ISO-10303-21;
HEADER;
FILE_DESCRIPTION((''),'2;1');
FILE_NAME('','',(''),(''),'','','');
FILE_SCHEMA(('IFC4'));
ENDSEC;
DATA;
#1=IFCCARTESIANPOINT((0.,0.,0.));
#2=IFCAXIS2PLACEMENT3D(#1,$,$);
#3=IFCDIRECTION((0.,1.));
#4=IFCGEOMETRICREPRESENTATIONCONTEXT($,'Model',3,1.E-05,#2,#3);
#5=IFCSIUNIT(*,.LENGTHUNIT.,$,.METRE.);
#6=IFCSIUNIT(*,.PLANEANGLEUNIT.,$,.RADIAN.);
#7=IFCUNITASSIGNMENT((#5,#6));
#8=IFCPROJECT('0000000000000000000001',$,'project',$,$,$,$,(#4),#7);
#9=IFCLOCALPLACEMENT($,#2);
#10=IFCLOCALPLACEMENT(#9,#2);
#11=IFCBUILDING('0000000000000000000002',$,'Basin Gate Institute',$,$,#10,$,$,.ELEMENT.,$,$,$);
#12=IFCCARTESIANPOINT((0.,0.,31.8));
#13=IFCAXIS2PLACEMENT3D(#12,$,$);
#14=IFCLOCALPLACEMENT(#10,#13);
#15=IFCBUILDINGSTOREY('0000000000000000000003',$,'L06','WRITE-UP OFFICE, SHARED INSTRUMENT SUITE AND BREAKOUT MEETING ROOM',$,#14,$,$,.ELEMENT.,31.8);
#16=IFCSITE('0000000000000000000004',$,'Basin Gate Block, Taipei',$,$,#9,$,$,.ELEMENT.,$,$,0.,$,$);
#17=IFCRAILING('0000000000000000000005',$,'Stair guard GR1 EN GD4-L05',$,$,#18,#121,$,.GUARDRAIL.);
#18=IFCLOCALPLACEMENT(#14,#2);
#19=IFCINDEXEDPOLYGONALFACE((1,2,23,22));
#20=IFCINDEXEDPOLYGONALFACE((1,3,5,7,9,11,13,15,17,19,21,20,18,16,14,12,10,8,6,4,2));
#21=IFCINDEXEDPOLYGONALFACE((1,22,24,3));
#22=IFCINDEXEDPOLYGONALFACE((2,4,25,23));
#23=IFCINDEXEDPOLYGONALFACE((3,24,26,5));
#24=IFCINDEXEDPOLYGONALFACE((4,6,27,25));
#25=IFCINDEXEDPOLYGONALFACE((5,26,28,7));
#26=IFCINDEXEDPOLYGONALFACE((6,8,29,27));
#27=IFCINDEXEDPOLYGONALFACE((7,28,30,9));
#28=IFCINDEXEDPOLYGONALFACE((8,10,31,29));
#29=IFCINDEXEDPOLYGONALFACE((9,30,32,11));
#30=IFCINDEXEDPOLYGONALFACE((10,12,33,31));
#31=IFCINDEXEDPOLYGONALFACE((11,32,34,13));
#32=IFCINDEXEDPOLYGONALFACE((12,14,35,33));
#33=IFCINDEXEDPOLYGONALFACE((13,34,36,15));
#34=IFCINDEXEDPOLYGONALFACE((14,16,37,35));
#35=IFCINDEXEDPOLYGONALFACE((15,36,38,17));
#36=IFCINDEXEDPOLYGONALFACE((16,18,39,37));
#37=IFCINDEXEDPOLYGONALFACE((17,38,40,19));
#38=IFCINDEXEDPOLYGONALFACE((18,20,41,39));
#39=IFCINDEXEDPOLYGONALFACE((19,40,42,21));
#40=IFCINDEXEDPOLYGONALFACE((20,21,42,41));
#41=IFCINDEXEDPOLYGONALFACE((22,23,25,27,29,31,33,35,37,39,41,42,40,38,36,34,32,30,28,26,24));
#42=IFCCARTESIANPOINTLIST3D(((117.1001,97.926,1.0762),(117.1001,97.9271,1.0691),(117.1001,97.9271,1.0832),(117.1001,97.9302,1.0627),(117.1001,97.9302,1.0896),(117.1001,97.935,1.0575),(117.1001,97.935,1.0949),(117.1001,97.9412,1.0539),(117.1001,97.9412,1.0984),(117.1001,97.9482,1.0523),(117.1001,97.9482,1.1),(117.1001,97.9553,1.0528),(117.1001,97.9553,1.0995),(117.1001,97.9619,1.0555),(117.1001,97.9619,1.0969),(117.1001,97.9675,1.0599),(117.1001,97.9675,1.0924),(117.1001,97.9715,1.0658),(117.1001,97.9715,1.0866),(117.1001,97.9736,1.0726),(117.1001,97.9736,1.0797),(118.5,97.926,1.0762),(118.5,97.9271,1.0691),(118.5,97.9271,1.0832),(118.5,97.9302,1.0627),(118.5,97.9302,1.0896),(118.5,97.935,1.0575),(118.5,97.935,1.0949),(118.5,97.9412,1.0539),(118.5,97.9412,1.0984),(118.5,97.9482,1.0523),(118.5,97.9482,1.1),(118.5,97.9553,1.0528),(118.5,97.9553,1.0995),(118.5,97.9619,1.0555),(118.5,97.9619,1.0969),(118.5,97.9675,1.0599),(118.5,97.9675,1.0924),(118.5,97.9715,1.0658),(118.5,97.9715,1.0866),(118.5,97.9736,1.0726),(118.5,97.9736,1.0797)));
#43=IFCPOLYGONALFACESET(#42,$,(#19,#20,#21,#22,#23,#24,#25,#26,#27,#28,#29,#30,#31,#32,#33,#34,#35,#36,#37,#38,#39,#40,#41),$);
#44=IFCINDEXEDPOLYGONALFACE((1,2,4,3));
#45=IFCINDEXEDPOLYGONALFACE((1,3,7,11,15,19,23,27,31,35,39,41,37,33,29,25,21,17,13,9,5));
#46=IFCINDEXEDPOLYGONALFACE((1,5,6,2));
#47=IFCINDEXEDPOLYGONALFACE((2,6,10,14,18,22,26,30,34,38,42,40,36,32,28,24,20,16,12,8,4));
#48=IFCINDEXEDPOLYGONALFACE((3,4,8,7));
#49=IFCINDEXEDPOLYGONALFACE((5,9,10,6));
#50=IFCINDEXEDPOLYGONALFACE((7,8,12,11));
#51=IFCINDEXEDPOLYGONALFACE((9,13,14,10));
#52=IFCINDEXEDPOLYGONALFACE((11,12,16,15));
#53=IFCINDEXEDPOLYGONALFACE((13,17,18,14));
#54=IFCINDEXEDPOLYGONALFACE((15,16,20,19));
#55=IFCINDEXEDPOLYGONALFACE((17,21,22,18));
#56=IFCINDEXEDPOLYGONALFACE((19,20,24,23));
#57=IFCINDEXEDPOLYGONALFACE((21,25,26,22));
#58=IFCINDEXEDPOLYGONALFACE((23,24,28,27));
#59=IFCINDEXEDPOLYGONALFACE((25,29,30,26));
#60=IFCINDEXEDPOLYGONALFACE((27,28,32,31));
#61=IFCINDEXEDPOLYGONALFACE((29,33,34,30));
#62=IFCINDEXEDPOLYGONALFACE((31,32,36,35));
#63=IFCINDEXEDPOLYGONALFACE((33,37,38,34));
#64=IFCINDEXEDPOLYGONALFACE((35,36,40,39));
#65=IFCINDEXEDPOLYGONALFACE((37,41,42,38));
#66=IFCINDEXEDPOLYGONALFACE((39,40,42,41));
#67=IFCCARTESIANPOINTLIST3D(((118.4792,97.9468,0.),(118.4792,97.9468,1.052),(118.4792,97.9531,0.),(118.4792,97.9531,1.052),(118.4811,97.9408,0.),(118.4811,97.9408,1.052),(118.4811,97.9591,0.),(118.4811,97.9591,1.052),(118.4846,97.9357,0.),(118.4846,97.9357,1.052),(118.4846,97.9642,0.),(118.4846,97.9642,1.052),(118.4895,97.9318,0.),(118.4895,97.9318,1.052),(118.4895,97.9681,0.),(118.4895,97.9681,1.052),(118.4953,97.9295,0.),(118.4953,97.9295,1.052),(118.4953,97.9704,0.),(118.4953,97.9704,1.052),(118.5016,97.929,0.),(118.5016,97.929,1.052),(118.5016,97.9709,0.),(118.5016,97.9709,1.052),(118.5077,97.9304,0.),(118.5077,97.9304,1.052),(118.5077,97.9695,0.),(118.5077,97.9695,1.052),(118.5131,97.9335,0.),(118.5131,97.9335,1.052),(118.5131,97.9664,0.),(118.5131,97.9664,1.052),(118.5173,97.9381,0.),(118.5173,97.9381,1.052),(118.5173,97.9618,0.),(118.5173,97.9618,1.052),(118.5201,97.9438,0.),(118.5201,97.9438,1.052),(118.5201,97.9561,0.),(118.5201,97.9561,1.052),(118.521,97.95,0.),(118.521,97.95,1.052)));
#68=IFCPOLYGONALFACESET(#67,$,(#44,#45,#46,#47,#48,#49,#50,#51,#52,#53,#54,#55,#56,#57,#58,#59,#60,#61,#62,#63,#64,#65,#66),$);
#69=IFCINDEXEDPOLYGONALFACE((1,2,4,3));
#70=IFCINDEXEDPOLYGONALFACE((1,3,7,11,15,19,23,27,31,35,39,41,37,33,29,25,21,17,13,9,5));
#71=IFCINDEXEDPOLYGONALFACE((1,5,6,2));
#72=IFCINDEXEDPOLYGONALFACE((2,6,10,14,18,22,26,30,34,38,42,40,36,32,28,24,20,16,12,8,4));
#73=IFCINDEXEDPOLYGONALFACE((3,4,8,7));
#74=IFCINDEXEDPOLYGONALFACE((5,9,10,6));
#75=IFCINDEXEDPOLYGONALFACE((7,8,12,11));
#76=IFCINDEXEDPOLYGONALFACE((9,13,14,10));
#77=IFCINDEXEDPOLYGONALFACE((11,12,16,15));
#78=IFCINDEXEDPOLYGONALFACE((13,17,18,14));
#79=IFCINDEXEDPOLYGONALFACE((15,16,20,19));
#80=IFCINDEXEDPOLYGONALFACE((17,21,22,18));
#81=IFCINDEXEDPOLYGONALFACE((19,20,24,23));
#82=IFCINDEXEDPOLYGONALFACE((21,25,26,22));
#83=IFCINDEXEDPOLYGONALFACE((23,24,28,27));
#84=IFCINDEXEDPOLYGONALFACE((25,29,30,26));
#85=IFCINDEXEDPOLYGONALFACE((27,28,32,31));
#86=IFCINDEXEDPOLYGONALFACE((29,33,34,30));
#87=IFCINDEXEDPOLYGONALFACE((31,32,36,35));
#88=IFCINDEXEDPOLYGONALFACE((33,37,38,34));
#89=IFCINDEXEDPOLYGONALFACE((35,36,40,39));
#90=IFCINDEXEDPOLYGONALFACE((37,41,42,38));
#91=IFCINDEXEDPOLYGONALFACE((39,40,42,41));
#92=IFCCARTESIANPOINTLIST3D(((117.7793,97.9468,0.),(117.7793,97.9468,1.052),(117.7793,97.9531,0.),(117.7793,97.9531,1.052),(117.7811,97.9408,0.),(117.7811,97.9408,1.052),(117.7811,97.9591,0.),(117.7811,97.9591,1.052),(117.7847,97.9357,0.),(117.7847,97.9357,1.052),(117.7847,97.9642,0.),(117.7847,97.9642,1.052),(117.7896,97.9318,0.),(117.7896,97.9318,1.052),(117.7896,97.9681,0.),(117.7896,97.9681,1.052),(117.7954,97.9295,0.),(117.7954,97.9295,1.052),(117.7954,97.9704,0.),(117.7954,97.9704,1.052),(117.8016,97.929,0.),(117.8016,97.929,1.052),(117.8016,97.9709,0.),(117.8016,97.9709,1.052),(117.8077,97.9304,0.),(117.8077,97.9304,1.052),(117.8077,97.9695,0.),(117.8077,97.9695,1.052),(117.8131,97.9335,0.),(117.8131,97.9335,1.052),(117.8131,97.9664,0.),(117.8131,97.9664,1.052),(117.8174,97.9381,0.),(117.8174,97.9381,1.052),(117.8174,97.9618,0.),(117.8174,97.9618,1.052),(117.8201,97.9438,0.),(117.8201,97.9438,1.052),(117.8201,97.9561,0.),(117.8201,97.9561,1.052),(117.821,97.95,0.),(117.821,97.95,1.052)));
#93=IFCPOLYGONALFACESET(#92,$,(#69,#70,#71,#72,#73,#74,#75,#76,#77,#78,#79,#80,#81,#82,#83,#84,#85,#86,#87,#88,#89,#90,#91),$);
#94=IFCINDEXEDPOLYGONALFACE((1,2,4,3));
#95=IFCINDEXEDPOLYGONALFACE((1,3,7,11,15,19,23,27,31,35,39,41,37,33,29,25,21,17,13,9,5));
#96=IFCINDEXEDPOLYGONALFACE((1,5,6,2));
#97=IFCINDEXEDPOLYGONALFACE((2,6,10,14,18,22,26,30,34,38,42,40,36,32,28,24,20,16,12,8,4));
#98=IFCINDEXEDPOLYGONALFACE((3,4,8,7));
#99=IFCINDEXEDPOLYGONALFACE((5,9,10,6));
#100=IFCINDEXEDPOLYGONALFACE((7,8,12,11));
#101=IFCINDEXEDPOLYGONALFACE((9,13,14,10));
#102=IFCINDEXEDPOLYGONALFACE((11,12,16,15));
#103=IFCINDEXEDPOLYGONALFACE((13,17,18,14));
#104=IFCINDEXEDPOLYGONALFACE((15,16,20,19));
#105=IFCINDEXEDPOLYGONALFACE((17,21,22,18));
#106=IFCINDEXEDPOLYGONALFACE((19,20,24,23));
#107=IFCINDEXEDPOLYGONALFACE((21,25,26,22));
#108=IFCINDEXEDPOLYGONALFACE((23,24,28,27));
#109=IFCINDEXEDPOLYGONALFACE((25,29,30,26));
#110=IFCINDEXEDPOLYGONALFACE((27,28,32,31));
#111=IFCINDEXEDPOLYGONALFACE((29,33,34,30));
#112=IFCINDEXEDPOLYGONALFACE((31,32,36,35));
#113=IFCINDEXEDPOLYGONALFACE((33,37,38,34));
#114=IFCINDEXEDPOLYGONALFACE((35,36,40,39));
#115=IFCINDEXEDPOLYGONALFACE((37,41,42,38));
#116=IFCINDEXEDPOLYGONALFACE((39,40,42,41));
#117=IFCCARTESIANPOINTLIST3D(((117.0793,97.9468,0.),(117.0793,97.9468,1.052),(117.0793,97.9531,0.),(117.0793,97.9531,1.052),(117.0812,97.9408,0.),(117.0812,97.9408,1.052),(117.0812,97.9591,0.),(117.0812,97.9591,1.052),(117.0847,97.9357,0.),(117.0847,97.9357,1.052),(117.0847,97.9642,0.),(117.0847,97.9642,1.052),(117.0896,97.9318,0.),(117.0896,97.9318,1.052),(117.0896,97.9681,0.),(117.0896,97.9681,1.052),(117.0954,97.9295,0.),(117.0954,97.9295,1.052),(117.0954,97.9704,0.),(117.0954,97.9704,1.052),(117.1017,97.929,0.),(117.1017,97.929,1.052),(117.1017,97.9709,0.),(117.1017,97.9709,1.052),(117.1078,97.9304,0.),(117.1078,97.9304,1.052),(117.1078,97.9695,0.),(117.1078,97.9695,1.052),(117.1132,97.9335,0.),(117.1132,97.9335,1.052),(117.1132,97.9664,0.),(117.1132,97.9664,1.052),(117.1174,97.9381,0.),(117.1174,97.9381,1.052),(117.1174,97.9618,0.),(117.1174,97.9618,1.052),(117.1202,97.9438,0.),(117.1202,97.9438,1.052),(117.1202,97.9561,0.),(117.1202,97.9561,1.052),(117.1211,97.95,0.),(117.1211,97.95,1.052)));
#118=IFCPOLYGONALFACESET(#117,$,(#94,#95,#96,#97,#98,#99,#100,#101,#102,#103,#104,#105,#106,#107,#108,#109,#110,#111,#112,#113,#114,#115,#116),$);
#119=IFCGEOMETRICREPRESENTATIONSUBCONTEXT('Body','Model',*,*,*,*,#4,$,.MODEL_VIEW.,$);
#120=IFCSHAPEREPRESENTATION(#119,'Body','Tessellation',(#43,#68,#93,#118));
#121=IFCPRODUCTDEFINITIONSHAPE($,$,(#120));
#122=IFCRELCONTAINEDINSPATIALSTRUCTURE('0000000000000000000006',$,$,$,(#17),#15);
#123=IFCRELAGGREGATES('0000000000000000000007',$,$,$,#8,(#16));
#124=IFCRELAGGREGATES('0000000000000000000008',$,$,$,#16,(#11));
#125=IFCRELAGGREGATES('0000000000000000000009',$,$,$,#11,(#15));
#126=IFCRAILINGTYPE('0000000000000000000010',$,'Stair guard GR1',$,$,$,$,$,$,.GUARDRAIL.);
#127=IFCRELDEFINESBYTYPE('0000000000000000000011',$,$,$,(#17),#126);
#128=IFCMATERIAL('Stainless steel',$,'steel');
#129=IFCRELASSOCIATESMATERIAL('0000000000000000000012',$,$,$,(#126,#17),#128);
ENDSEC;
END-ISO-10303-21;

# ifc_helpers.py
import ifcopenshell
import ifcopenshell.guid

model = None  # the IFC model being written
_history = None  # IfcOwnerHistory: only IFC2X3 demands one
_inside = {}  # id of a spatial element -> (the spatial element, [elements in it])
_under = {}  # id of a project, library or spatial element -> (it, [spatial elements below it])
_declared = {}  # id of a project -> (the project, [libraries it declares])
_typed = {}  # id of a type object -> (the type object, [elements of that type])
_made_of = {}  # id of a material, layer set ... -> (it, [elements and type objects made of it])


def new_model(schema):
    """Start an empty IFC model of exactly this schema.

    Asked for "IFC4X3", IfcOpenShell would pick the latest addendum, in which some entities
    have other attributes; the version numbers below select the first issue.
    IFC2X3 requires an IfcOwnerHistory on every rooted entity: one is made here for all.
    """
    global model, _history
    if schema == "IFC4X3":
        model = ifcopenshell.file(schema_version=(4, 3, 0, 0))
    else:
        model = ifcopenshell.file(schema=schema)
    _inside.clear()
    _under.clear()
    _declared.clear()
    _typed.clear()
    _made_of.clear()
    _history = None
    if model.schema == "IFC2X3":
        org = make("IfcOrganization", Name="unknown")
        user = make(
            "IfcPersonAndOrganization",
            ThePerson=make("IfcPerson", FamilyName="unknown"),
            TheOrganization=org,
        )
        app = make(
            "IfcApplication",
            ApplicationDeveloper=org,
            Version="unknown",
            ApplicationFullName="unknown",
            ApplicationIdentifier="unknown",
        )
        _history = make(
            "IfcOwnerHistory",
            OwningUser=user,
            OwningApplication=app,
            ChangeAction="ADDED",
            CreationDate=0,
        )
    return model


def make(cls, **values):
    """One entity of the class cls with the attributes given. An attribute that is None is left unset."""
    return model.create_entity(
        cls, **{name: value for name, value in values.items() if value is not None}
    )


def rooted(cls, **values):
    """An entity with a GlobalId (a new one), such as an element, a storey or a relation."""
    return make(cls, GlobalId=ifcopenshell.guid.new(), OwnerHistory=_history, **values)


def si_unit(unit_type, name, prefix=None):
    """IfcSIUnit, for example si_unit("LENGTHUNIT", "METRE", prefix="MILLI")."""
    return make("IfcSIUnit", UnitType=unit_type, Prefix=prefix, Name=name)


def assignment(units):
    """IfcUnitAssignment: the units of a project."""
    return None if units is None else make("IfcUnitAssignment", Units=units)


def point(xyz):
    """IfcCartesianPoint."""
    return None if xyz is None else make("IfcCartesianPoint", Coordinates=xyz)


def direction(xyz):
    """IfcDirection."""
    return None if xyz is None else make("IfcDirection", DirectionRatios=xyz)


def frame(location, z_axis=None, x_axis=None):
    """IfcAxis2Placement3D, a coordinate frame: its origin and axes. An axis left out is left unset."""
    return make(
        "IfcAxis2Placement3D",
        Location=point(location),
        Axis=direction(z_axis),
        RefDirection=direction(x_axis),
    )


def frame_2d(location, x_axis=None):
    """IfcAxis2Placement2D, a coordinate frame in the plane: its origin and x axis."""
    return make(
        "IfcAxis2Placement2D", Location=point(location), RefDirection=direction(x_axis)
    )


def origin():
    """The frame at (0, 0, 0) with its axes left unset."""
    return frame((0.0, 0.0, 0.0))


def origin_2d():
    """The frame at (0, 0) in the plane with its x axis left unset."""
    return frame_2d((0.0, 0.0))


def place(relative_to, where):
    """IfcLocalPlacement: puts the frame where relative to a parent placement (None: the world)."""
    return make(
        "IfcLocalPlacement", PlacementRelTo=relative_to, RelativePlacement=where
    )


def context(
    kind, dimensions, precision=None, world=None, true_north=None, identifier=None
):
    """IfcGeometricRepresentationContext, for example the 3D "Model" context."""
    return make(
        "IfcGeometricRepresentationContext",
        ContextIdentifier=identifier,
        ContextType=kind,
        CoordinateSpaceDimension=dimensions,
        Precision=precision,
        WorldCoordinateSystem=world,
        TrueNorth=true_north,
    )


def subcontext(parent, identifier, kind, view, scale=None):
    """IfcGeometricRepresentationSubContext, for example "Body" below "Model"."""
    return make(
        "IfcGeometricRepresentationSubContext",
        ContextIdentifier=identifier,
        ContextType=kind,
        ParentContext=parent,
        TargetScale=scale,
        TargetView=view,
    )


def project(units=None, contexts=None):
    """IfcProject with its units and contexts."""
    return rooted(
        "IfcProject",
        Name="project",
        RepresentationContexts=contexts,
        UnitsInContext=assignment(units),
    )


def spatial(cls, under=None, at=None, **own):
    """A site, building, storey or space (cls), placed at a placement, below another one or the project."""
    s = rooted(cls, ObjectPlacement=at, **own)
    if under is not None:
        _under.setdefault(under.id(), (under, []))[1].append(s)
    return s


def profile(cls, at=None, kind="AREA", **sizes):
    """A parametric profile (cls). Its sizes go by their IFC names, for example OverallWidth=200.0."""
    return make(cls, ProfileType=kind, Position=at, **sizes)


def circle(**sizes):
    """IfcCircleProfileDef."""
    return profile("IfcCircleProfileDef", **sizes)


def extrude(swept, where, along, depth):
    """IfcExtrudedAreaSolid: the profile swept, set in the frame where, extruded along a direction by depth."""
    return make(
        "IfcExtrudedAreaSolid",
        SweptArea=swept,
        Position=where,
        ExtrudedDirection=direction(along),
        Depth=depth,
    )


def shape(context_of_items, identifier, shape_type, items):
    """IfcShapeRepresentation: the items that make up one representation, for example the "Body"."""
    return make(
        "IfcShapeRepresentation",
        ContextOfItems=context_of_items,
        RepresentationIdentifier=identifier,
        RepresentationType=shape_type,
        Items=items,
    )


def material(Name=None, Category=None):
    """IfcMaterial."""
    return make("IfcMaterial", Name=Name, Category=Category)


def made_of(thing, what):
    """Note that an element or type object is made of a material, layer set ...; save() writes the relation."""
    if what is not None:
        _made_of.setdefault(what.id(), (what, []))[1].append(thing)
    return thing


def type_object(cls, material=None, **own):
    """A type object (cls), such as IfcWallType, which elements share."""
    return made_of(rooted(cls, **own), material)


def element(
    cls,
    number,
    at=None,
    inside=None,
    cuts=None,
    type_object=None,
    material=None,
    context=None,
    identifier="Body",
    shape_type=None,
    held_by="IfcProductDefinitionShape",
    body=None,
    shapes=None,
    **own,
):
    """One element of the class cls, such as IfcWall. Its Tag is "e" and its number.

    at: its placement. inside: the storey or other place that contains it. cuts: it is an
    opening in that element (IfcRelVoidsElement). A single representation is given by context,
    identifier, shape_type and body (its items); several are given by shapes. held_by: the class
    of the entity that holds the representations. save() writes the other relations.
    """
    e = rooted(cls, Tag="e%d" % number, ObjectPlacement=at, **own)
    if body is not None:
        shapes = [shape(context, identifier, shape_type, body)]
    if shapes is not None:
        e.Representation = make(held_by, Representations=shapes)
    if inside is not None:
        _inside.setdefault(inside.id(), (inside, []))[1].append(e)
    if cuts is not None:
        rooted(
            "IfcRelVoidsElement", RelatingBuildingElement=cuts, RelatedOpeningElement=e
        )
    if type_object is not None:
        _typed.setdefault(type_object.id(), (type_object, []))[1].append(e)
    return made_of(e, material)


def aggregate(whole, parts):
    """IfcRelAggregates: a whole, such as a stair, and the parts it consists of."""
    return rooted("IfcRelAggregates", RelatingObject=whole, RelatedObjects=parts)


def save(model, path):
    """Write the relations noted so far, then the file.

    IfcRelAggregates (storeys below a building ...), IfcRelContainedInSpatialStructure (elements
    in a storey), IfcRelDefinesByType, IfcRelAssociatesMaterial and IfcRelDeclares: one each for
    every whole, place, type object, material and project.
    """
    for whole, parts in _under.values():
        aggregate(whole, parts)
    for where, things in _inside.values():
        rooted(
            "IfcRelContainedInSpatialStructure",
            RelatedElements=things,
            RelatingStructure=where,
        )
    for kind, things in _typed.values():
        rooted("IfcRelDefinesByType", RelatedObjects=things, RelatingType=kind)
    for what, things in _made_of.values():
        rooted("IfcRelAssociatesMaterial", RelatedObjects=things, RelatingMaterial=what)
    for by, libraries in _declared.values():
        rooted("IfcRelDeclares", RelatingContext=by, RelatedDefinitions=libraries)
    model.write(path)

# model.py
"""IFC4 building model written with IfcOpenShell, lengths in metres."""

from ifc_helpers import new_model, si_unit, direction, frame, origin, origin_2d, place, context, subcontext, project, spatial, circle, extrude, material, type_object, element, save


model = new_model("IFC4")

# Units and contexts
model_context = context("Model", 3, precision=1e-05, world=origin(), true_north=direction((0.0, 1.0)))
body_context = subcontext(model_context, "Body", "Model", "MODEL_VIEW")
ifc_project = project(units=[si_unit("LENGTHUNIT", "METRE"), si_unit("PLANEANGLEUNIT", "RADIAN")], contexts=[model_context])

# Site, building, storey
site_placement = place(None, origin())
site = spatial("IfcSite", under=ifc_project, at=site_placement, Name="Basin Gate Block, Taipei", CompositionType="ELEMENT", RefElevation=0.0)
building_placement = place(site_placement, origin())
building = spatial("IfcBuilding", under=site, at=building_placement, Name="Basin Gate Institute", CompositionType="ELEMENT")
storey_placement = place(building_placement, frame((0.0, 0.0, 31.8)))
storey = spatial("IfcBuildingStorey", under=building, at=storey_placement, Name="L06", Description="WRITE-UP OFFICE, SHARED INSTRUMENT SUITE AND BREAKOUT MEETING ROOM", CompositionType="ELEMENT", Elevation=31.8)

# Railing
ifc_material_1 = material(Name="Stainless steel", Category="steel")
railing_type_1 = type_object("IfcRailingType", Name="Stair guard GR1", PredefinedType="GUARDRAIL", material=ifc_material_1)
railing_1_placement = place(storey_placement, frame((118.5, 97.95, 0.0)))
element("IfcRailing", 1, at=railing_1_placement, inside=storey, type_object=railing_type_1, material=ifc_material_1, Name="Stair guard GR1 EN GD4-L05", PredefinedType="GUARDRAIL", context=body_context, shape_type="SweptSolid", body=[
    extrude(circle(Radius=0.0239, at=origin_2d()), frame((0.0, 0.0, 1.0762), z_axis=(-1.0, 0.0, 0.0), x_axis=(0.0, -1.0, 0.0)), (0.0, 0.0, 1.0), 1.3999),
    extrude(circle(Radius=0.021, at=origin_2d()), origin(), (0.0, 0.0, 1.0), 1.052),
    extrude(circle(Radius=0.021, at=origin_2d()), frame((-0.7, 0.0, 0.0)), (0.0, 0.0, 1.0), 1.052),
    extrude(circle(Radius=0.021, at=origin_2d()), frame((-1.3999, 0.0, 0.0)), (0.0, 0.0, 1.0), 1.052),
])

save(model, "model.ifc")
